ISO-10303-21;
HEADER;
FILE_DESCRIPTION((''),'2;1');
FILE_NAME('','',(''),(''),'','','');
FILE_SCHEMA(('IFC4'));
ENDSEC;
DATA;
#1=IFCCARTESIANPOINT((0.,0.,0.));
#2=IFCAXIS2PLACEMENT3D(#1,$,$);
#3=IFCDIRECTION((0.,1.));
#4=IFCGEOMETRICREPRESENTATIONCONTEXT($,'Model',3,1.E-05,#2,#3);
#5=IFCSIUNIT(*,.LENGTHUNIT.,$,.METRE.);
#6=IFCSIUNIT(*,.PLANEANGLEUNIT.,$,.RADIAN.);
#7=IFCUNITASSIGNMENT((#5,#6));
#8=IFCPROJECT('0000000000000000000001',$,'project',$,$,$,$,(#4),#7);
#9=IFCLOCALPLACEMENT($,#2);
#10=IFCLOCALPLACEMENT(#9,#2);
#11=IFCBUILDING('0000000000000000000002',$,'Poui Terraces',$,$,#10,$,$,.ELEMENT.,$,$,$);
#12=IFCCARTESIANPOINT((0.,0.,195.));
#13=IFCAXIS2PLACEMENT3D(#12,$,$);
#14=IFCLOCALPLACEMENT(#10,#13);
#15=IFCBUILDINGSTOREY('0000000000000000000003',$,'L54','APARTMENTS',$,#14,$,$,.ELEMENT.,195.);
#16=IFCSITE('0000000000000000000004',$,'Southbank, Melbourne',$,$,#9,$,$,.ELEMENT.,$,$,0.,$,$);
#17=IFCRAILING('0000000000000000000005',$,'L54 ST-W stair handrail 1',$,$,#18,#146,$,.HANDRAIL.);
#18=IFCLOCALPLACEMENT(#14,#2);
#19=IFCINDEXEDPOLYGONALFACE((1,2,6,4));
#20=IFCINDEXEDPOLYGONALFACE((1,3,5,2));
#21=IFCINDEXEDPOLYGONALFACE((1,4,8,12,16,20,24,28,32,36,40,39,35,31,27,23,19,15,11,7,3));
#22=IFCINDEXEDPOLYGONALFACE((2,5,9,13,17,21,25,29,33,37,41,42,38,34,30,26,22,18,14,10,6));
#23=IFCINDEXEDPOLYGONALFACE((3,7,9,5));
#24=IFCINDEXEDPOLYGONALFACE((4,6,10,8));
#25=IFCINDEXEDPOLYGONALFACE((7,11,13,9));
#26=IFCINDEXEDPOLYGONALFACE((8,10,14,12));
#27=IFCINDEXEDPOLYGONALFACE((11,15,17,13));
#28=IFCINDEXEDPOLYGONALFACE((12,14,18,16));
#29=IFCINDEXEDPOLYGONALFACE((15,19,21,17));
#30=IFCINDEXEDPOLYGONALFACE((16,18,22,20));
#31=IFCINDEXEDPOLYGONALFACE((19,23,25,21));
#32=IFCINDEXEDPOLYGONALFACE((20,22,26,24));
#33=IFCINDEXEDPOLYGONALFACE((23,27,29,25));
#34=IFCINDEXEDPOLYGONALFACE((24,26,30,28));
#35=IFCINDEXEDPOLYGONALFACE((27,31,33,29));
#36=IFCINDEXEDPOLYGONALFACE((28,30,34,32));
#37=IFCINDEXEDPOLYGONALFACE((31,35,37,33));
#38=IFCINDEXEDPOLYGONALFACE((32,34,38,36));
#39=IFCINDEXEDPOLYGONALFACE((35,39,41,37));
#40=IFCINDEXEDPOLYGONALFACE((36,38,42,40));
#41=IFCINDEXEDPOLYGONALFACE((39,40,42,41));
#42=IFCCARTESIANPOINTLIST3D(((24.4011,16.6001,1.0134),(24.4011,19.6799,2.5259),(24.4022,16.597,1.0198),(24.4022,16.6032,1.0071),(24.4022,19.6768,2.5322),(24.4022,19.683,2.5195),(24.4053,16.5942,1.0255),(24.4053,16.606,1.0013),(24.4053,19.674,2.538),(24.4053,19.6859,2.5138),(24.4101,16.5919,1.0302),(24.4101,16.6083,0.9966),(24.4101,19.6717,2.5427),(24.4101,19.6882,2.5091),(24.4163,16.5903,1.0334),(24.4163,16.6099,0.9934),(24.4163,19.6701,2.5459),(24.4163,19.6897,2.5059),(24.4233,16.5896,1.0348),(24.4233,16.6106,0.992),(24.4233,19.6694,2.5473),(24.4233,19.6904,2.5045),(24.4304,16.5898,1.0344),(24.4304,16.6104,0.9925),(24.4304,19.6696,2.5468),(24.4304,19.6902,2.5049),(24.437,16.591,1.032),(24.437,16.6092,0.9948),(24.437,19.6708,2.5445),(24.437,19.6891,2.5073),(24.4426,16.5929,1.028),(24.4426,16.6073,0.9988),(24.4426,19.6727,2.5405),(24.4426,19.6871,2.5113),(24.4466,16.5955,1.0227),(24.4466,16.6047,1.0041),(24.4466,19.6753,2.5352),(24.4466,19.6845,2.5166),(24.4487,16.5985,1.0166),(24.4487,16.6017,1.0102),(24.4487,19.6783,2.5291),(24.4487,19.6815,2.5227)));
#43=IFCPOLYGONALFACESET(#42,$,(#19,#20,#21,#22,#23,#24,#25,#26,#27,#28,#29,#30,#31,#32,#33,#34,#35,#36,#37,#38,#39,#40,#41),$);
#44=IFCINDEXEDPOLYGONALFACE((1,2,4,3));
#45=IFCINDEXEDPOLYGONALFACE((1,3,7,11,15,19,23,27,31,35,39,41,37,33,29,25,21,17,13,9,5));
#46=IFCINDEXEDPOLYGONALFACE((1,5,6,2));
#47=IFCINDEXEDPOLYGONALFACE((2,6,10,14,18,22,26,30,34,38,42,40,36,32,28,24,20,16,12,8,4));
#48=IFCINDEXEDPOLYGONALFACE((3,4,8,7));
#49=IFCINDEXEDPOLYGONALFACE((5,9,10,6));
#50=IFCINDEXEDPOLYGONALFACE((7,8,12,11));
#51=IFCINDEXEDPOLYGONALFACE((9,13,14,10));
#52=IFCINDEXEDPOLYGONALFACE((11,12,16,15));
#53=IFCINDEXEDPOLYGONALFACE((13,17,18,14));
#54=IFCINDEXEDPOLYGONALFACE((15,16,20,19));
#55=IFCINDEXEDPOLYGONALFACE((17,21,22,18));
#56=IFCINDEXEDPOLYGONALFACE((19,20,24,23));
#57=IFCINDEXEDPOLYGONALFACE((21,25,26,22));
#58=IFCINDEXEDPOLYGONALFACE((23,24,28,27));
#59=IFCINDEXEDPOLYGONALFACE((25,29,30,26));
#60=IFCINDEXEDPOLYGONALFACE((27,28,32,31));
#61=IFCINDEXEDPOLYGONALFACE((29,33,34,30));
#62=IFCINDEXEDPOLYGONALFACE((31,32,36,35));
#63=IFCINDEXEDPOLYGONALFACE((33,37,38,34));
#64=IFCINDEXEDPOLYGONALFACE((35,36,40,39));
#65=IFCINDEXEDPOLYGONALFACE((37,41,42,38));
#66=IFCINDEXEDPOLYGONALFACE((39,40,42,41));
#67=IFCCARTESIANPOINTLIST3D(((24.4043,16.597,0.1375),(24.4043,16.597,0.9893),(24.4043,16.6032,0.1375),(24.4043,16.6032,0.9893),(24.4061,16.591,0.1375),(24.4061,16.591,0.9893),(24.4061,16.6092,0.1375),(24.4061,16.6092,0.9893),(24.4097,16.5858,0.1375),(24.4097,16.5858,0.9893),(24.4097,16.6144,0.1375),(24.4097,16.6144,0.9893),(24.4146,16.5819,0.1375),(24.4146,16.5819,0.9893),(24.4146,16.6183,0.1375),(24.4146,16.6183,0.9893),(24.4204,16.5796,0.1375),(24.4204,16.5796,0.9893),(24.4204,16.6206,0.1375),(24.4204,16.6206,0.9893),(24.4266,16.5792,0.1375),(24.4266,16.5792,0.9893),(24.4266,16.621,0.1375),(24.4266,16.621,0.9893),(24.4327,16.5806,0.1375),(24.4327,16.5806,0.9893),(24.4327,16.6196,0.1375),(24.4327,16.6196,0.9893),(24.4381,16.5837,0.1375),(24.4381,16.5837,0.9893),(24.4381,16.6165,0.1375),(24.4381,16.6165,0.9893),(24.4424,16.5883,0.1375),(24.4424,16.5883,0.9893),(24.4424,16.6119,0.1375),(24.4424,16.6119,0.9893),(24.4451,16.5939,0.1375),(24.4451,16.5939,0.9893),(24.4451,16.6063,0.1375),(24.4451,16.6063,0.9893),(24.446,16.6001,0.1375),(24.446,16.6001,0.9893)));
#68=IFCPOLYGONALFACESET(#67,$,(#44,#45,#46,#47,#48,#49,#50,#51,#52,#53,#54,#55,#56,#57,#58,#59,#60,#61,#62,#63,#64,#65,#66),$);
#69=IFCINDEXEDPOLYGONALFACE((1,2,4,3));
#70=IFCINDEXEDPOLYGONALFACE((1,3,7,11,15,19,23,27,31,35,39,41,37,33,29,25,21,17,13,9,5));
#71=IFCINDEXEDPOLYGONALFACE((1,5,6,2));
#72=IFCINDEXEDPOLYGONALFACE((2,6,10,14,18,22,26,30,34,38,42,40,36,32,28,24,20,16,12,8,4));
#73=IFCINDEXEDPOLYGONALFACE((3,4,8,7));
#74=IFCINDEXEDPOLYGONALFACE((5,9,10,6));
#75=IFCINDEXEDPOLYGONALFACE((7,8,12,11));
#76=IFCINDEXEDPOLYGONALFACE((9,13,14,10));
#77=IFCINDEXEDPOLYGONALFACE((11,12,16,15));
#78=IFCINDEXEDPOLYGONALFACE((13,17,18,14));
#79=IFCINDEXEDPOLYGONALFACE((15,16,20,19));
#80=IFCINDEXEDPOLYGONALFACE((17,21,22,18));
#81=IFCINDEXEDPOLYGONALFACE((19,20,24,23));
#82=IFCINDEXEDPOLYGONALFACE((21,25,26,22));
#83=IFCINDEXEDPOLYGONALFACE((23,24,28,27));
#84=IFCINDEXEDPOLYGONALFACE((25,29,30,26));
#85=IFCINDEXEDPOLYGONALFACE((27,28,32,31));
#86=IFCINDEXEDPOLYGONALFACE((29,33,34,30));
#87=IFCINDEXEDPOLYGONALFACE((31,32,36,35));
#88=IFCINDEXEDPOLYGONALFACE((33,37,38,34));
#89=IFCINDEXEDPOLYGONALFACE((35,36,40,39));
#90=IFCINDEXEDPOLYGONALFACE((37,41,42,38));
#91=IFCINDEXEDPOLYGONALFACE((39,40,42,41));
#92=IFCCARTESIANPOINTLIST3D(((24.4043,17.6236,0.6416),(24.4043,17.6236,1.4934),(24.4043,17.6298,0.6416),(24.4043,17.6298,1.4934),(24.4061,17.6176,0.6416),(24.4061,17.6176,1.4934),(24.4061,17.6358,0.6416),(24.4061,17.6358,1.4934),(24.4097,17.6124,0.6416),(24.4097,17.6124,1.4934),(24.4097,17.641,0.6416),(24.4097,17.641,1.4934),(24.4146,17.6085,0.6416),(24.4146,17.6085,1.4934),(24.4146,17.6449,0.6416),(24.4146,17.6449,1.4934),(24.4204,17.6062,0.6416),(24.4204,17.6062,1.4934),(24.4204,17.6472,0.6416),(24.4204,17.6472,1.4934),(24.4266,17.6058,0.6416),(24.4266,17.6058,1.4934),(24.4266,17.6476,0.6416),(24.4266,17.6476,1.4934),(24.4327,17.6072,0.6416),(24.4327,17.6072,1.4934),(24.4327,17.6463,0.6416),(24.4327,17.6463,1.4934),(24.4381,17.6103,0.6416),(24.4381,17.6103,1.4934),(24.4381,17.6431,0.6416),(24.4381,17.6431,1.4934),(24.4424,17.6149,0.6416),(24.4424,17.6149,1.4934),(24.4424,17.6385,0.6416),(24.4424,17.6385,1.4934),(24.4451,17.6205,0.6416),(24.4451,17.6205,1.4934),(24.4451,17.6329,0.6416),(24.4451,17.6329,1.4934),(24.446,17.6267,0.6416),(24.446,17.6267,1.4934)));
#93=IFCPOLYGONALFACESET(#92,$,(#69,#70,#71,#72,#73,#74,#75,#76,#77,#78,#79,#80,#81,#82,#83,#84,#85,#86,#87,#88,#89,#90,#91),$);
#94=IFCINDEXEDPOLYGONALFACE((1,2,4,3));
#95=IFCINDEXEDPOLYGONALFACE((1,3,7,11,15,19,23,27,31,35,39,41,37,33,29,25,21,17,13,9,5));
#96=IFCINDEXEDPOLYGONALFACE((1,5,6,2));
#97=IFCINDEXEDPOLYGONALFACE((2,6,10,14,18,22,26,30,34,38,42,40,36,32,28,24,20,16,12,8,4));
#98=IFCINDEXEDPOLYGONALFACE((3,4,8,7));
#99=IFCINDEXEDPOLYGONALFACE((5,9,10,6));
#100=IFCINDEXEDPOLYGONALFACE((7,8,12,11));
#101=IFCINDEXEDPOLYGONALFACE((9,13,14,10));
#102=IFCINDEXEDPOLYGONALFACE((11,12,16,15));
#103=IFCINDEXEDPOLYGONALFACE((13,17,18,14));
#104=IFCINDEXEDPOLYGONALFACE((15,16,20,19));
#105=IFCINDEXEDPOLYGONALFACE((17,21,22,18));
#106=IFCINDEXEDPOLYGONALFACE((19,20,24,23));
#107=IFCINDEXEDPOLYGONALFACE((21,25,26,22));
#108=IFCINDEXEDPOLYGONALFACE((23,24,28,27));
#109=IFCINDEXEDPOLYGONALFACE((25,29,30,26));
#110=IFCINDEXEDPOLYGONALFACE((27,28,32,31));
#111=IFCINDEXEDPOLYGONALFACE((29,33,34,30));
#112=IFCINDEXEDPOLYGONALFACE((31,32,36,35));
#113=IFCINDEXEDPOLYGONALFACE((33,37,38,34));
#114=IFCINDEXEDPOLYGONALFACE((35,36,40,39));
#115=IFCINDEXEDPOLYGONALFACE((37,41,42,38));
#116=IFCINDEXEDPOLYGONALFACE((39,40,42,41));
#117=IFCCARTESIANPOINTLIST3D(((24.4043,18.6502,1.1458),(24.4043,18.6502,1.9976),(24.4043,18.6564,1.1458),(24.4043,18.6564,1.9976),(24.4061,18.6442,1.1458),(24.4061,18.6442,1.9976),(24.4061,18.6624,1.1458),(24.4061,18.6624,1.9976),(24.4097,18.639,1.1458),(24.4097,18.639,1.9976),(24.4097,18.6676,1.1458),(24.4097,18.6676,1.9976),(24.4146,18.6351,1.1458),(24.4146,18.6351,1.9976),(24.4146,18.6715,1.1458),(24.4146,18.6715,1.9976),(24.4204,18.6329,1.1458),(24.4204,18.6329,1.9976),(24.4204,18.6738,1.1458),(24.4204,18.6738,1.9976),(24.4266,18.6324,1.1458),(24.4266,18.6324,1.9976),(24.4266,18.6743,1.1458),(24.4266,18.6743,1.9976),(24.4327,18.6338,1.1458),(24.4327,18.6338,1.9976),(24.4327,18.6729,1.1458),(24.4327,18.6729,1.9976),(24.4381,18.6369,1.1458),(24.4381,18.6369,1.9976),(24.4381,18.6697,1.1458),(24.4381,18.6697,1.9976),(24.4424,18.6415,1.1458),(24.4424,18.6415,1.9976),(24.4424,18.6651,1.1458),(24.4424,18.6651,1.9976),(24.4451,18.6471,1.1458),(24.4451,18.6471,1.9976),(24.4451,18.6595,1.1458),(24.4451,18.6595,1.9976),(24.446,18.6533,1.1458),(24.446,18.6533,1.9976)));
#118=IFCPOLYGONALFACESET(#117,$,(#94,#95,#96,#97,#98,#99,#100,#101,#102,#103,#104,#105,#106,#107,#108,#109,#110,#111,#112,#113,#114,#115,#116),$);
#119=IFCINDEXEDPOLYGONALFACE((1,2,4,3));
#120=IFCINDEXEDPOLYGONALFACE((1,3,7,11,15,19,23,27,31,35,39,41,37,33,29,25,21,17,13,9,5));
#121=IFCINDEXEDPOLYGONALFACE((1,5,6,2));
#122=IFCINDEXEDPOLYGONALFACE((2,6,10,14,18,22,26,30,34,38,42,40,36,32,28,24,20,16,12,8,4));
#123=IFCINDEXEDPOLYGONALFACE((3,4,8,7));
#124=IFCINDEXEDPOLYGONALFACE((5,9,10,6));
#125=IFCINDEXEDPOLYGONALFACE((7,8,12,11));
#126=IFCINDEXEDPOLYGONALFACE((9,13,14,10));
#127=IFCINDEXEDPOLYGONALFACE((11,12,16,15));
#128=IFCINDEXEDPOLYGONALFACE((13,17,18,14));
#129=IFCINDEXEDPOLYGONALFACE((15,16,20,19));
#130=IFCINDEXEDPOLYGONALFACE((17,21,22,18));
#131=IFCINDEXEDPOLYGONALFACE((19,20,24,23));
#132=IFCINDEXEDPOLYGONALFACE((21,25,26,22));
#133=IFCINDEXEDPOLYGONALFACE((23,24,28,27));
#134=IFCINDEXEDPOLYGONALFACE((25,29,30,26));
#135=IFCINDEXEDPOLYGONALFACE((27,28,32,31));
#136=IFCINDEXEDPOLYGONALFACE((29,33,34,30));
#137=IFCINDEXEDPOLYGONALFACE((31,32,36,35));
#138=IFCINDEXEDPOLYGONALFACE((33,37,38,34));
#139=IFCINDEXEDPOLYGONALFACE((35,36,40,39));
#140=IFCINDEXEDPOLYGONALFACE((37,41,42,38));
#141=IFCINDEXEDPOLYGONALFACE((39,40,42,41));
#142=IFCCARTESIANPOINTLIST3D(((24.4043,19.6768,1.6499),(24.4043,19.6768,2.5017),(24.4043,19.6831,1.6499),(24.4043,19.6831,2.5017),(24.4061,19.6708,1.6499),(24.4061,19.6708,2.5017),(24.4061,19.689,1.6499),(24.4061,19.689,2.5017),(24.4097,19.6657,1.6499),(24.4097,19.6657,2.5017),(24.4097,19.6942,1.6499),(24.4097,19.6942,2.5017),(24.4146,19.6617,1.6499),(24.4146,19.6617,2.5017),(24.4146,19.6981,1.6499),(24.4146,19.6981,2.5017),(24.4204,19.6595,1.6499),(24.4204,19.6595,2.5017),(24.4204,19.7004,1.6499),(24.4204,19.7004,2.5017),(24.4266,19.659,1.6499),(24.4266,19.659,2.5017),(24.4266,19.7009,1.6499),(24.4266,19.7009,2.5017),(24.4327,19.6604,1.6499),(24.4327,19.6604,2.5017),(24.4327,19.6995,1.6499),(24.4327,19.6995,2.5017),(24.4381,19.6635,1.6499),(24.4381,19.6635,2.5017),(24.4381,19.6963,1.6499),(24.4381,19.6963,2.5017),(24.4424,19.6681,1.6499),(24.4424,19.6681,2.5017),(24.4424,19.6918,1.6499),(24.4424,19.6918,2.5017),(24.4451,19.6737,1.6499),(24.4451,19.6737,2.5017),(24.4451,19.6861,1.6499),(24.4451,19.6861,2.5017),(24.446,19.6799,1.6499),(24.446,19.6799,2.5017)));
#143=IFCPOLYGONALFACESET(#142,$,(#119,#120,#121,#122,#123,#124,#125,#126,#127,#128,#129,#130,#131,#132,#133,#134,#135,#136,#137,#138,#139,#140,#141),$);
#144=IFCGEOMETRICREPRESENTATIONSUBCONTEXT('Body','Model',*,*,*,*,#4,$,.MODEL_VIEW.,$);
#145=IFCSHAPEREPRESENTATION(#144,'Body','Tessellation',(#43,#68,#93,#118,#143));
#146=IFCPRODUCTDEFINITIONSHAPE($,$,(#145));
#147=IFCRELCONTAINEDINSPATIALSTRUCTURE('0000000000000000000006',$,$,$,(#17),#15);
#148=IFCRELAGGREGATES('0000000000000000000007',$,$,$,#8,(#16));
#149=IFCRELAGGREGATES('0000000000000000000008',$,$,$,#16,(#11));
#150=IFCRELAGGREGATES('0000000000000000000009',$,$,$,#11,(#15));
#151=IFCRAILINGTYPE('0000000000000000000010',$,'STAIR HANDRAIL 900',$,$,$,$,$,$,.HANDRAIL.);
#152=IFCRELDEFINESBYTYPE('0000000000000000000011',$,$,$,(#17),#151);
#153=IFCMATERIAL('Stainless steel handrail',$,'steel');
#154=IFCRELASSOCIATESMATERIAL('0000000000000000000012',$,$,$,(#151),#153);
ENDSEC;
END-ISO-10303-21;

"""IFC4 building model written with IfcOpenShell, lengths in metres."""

from ifc_helpers import new_model, si_unit, direction, frame, origin, origin_2d, place, context, subcontext, project, spatial, circle, extrude, material, type_object, element, save


model = new_model("IFC4")

# Units and contexts
model_context = context("Model", 3, precision=1e-05, world=origin(), true_north=direction((0.0, 1.0)))
body_context = subcontext(model_context, "Body", "Model", "MODEL_VIEW")
ifc_project = project(units=[si_unit("LENGTHUNIT", "METRE"), si_unit("PLANEANGLEUNIT", "RADIAN")], contexts=[model_context])

# Site, building, storey
site_placement = place(None, origin())
site = spatial("IfcSite", under=ifc_project, at=site_placement, Name="Southbank, Melbourne", CompositionType="ELEMENT", RefElevation=0.0)
building_placement = place(site_placement, origin())
building = spatial("IfcBuilding", under=site, at=building_placement, Name="Poui Terraces", CompositionType="ELEMENT")
storey_placement = place(building_placement, frame((0.0, 0.0, 195.0)))
storey = spatial("IfcBuildingStorey", under=building, at=storey_placement, Name="L54", Description="APARTMENTS", CompositionType="ELEMENT", Elevation=195.0)

# Railing
ifc_material_1 = material(Name="Stainless steel handrail", Category="steel")
railing_type_1 = type_object("IfcRailingType", Name="STAIR HANDRAIL 900", PredefinedType="HANDRAIL", material=ifc_material_1)
railing_1_placement = place(storey_placement, frame((24.425, 16.6001, 0.1375)))
element("IfcRailing", 1, at=railing_1_placement, inside=storey, type_object=railing_type_1, Name="L54 ST-W stair handrail 1", PredefinedType="HANDRAIL", context=body_context, shape_type="SweptSolid", body=[
    extrude(circle(Radius=0.0239, at=origin_2d()), frame((0.0, 0.0, 0.876), z_axis=(0.0, 0.897606, 0.440798), x_axis=(-1.0, 0.0, 0.0)), (0.0, 0.0, 1.0), 3.4312),
    extrude(circle(Radius=0.021, at=origin_2d()), origin(), (0.0, 0.0, 1.0), 0.8518),
    extrude(circle(Radius=0.021, at=origin_2d()), frame((0.0, 1.0266, 0.5042)), (0.0, 0.0, 1.0), 0.8518),
    extrude(circle(Radius=0.021, at=origin_2d()), frame((0.0, 2.0532, 1.0083)), (0.0, 0.0, 1.0), 0.8518),
    extrude(circle(Radius=0.021, at=origin_2d()), frame((0.0, 3.0798, 1.5125)), (0.0, 0.0, 1.0), 0.8518),
])

save(model, "model.ifc")
